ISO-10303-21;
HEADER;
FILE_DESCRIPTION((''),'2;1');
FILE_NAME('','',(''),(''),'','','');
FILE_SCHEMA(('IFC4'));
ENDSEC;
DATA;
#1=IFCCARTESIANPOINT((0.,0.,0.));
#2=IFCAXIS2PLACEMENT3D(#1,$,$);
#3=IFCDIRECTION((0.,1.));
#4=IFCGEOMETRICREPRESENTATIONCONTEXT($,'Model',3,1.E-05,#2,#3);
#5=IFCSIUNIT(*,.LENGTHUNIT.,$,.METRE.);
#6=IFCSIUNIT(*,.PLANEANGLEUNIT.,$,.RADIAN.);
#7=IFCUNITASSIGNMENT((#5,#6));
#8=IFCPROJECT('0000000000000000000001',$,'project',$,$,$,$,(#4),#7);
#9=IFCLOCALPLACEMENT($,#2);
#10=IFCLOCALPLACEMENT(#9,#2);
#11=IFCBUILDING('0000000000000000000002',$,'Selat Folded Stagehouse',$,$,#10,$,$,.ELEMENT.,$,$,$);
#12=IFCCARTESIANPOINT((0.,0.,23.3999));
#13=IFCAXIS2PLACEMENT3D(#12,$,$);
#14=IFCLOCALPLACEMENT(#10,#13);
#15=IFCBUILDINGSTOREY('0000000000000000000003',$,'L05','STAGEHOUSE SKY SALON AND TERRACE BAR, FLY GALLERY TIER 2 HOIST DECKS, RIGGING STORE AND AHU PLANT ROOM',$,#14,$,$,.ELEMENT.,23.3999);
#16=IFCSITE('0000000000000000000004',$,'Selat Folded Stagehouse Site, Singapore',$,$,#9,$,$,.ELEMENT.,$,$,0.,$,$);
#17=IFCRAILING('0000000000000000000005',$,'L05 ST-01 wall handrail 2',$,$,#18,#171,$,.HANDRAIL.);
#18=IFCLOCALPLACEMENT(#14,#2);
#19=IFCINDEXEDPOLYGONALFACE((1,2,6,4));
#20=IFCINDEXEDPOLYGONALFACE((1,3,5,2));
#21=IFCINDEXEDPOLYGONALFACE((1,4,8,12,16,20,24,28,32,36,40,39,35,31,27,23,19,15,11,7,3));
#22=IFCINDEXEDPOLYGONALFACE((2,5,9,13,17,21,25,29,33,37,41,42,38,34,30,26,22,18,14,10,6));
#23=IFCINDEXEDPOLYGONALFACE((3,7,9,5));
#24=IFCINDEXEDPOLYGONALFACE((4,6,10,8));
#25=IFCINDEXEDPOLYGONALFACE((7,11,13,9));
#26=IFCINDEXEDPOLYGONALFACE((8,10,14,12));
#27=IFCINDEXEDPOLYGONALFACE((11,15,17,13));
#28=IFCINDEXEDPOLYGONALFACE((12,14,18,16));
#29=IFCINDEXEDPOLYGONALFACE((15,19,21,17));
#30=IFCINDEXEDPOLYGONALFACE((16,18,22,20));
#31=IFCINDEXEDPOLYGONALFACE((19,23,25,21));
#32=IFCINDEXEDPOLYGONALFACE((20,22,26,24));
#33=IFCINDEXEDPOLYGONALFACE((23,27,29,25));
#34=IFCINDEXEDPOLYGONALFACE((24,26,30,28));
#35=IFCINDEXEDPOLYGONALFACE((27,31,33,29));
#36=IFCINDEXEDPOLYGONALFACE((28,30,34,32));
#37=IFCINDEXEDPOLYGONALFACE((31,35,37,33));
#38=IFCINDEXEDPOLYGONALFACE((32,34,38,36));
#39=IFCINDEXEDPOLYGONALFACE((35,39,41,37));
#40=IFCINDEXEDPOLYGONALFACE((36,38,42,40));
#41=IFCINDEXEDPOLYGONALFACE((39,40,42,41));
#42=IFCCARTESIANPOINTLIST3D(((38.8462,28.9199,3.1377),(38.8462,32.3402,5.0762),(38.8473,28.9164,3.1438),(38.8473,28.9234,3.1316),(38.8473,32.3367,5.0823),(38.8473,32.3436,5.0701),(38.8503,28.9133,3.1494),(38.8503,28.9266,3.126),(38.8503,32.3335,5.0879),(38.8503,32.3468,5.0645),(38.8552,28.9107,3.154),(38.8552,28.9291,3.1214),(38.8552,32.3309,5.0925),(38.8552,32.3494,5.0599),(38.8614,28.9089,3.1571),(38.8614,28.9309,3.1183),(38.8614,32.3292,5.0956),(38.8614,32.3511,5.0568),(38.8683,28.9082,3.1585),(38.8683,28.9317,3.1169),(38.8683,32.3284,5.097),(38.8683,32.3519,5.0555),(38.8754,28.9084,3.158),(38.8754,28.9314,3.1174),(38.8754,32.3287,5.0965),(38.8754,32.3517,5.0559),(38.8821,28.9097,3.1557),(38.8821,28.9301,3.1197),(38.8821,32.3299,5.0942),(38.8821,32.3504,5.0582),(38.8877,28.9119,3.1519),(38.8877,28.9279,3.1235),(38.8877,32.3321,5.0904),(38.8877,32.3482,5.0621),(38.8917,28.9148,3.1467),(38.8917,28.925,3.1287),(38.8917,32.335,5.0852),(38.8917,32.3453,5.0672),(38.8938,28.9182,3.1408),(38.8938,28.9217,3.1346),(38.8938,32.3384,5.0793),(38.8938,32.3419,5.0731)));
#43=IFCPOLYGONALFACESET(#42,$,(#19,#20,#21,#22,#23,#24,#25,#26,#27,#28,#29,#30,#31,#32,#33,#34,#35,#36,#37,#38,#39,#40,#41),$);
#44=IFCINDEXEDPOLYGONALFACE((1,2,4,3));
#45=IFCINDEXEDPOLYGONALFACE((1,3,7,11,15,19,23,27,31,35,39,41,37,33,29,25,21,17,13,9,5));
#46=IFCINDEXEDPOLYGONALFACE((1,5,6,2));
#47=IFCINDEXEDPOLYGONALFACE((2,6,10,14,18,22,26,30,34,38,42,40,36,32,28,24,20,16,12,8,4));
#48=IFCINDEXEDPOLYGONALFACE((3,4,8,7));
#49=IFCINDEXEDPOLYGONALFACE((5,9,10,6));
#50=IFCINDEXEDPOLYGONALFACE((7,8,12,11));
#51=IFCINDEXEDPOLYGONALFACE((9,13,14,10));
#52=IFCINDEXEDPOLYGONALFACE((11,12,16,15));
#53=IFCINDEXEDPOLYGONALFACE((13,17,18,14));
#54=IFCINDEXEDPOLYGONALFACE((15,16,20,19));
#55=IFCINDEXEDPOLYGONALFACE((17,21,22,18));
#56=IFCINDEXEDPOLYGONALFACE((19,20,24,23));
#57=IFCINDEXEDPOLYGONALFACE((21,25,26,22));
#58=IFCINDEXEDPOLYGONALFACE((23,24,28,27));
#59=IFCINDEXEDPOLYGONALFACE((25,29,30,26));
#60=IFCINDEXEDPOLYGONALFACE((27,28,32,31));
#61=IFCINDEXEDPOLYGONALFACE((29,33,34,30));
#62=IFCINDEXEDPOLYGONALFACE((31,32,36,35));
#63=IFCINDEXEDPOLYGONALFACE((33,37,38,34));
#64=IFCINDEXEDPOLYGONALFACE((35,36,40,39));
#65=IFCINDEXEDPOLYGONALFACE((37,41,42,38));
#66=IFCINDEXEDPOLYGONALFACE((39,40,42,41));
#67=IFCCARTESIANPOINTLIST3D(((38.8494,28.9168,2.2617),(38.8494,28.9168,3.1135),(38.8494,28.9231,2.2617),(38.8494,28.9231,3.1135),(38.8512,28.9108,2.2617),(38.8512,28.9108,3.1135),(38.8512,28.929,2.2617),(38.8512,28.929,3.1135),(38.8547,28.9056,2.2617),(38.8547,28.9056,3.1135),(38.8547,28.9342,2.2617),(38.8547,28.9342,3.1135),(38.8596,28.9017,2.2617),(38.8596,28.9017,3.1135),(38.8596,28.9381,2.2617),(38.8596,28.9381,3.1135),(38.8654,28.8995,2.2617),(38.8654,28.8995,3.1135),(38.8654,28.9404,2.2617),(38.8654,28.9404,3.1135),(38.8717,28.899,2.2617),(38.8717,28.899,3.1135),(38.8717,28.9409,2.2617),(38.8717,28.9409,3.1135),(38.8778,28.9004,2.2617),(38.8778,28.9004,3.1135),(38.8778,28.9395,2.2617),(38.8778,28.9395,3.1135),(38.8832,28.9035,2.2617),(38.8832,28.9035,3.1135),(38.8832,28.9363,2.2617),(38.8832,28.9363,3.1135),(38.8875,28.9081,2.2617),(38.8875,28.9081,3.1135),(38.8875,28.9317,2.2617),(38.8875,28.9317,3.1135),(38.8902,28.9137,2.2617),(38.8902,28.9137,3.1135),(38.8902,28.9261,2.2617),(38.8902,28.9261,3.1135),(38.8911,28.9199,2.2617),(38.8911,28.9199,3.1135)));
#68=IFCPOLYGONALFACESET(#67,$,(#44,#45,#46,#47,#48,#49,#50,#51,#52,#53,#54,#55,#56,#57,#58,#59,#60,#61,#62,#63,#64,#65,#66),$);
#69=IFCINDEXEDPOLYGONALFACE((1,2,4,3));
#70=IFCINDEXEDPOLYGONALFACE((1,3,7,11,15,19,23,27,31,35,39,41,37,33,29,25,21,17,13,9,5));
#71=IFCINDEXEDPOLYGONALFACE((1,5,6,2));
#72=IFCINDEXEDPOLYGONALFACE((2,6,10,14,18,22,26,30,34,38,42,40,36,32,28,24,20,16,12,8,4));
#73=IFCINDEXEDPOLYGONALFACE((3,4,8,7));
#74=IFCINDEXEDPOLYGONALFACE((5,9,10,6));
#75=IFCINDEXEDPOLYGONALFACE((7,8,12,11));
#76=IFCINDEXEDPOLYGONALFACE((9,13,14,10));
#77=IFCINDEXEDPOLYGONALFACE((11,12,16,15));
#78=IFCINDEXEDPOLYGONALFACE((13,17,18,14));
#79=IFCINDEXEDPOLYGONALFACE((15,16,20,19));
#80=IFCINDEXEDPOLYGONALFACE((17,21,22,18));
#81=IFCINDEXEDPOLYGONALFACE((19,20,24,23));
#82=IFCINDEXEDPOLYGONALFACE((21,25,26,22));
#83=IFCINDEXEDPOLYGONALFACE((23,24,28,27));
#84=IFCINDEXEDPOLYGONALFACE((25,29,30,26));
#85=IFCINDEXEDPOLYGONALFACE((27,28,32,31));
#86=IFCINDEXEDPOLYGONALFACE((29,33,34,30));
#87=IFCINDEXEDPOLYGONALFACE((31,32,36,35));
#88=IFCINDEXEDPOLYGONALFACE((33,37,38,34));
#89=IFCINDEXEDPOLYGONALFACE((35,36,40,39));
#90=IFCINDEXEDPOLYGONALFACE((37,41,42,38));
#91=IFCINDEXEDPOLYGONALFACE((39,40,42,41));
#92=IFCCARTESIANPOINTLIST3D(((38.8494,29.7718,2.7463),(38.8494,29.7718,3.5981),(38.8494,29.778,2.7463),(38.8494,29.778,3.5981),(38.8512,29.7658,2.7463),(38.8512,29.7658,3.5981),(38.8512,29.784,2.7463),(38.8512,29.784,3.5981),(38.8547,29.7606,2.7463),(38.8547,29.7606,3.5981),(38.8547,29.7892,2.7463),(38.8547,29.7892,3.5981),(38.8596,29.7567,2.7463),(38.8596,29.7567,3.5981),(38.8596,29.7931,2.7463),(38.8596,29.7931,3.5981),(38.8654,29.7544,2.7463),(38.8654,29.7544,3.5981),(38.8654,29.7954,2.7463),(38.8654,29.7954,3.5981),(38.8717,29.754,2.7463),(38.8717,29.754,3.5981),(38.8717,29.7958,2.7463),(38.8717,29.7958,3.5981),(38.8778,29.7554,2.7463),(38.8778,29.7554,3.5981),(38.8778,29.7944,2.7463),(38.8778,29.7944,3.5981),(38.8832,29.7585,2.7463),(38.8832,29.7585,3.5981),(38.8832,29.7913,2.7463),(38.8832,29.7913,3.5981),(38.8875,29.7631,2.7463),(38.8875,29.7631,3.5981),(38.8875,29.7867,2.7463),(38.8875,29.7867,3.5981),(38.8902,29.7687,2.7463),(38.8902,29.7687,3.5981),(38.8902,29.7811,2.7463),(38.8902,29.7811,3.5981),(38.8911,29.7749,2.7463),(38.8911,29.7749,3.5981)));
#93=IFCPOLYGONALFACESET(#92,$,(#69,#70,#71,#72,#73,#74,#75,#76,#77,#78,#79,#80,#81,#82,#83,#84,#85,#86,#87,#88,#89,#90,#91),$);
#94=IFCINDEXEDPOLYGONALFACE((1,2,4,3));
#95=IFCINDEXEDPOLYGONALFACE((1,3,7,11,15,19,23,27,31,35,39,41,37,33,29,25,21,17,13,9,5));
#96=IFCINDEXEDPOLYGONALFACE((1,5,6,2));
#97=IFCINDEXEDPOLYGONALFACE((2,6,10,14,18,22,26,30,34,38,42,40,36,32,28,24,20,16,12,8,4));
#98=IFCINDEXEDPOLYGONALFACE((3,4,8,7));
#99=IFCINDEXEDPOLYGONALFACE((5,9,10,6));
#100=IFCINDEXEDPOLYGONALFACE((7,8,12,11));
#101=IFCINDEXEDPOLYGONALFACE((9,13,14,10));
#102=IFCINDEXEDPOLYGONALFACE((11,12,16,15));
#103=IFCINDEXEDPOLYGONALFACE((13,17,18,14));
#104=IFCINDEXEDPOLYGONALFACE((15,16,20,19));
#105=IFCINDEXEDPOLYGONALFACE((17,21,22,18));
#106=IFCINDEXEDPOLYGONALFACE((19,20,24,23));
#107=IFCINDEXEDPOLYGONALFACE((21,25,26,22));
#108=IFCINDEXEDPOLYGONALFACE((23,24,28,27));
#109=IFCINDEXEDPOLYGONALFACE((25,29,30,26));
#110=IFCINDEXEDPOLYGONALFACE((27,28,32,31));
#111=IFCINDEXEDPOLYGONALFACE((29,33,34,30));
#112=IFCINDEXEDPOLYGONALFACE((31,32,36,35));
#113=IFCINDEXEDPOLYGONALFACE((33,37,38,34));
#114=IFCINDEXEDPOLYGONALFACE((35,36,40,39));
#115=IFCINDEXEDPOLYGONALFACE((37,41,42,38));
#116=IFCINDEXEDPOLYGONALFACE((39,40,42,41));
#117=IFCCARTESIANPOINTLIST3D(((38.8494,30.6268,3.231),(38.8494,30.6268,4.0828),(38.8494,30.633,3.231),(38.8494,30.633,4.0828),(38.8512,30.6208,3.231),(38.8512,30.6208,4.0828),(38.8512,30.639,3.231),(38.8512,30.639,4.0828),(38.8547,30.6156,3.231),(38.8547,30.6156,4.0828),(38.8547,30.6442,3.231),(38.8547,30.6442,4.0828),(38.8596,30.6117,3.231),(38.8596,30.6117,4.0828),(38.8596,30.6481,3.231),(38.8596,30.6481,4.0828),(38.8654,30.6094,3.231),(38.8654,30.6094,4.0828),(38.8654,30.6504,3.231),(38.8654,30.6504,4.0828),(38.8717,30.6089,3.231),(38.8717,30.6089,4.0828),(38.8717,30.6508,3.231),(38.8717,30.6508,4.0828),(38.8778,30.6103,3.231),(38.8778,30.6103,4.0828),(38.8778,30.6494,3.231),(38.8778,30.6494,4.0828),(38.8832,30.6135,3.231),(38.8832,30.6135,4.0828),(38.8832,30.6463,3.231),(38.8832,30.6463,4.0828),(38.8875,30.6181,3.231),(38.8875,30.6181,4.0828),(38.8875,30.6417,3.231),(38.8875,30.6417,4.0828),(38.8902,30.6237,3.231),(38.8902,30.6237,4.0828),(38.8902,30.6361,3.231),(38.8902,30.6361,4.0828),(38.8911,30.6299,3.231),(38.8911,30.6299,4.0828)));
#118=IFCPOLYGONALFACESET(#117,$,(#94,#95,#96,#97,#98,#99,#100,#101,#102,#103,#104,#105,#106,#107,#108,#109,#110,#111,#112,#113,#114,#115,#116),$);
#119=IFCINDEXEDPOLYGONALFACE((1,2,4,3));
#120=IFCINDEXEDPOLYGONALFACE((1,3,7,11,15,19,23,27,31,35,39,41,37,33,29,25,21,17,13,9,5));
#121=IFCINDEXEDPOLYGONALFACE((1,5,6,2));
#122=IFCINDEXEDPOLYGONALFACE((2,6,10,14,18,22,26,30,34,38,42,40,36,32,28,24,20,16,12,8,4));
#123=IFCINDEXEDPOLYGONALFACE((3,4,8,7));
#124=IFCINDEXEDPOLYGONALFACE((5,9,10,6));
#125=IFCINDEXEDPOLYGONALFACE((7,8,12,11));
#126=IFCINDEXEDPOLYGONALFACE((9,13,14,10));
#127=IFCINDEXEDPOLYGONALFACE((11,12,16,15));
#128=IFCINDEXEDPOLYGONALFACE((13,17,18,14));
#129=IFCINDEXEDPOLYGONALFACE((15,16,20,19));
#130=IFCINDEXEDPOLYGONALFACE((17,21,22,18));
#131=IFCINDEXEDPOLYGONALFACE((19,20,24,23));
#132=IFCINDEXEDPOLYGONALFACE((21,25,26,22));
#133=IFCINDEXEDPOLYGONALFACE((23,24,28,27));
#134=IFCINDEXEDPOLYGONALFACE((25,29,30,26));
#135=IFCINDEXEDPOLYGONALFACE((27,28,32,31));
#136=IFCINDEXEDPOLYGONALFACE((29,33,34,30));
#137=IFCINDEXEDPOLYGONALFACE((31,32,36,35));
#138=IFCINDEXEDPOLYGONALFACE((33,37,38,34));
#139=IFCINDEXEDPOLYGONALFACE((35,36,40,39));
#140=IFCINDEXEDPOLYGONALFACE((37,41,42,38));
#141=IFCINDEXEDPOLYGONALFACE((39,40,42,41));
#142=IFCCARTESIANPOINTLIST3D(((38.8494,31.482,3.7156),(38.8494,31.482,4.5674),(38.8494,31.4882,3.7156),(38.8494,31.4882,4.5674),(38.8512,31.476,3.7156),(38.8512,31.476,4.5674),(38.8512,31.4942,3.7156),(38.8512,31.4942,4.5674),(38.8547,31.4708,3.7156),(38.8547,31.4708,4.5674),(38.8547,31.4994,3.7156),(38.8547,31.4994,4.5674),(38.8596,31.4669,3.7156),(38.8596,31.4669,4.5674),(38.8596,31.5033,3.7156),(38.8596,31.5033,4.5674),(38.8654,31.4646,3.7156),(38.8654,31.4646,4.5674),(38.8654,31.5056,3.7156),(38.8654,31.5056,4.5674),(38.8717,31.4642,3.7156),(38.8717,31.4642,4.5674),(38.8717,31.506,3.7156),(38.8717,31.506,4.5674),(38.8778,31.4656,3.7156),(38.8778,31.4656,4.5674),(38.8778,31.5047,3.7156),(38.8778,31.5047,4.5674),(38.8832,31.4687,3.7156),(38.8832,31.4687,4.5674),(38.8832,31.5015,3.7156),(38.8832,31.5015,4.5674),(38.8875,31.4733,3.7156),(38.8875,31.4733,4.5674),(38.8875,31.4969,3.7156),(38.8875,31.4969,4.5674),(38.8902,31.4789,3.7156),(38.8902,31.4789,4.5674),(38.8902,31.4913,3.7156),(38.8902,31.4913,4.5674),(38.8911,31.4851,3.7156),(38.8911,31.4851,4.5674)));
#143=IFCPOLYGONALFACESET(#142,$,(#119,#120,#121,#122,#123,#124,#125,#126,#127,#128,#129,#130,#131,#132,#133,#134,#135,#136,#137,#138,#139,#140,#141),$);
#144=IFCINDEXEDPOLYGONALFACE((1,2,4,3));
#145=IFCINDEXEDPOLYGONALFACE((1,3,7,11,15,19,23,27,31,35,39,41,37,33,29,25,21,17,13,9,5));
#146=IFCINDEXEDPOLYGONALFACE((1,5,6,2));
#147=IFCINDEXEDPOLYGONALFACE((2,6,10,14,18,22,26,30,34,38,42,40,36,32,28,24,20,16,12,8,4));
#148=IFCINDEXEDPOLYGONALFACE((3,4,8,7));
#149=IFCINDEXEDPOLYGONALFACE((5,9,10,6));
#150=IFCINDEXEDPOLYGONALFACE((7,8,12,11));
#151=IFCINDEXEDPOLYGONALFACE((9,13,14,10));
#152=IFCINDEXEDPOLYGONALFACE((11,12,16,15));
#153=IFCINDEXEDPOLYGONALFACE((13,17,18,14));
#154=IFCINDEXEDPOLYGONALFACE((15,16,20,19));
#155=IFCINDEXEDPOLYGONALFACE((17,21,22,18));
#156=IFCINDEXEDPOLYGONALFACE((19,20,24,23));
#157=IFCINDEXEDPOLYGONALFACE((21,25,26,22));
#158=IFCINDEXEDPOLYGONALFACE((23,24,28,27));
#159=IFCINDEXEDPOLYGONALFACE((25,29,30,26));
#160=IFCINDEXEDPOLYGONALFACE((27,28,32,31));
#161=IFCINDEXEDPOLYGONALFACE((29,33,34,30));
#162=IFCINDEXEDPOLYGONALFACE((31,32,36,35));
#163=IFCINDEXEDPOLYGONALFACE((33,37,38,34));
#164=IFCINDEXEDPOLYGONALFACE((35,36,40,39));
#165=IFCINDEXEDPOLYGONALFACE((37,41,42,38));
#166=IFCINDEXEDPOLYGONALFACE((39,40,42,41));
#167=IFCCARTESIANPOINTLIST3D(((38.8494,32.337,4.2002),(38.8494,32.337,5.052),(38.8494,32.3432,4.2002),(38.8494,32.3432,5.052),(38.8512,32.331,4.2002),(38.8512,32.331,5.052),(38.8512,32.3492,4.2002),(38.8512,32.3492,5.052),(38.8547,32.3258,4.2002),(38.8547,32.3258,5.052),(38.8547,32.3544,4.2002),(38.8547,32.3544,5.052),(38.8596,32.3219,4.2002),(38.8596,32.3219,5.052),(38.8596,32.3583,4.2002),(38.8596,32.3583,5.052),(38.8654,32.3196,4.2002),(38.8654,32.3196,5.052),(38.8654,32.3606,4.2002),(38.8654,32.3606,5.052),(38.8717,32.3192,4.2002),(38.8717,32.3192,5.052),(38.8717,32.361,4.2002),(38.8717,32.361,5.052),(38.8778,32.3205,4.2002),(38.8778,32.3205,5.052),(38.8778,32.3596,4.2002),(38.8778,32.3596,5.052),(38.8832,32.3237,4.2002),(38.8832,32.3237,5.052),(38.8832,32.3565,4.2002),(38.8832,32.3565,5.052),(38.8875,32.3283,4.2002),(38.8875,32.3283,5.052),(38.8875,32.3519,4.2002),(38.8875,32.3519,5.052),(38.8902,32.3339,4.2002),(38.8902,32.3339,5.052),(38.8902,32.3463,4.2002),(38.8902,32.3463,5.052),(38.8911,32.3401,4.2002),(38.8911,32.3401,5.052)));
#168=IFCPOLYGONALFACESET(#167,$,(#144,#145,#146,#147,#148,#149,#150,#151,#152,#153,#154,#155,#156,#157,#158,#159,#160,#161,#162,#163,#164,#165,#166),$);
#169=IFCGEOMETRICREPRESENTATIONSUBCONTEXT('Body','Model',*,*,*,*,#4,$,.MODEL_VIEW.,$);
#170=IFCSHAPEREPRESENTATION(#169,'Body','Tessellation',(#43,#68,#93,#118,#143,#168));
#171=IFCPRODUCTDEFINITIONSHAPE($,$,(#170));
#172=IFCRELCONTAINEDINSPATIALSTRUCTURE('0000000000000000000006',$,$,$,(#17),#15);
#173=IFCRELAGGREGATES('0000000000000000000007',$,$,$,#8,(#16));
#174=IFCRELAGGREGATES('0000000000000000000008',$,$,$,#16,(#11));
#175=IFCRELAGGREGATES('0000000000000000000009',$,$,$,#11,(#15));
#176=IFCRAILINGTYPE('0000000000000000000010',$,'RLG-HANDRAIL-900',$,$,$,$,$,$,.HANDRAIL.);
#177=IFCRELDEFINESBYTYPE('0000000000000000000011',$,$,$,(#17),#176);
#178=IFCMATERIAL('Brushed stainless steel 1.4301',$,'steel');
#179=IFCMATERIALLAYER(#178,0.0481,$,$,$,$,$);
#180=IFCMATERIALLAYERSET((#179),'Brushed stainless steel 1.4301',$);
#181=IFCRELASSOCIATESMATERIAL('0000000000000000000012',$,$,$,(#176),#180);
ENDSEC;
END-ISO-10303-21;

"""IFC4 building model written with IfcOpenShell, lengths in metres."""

from ifc_helpers import new_model, si_unit, direction, frame, origin, origin_2d, place, context, subcontext, project, spatial, circle, extrude, material, layer, layer_set, type_object, element, save


model = new_model("IFC4")

# Units and contexts
model_context = context("Model", 3, precision=1e-05, world=origin(), true_north=direction((0.0, 1.0)))
body_context = subcontext(model_context, "Body", "Model", "MODEL_VIEW")
ifc_project = project(units=[si_unit("LENGTHUNIT", "METRE"), si_unit("PLANEANGLEUNIT", "RADIAN")], contexts=[model_context])

# Site, building, storey
site_placement = place(None, origin())
site = spatial("IfcSite", under=ifc_project, at=site_placement, Name="Selat Folded Stagehouse Site, Singapore", CompositionType="ELEMENT", RefElevation=0.0)
building_placement = place(site_placement, origin())
building = spatial("IfcBuilding", under=site, at=building_placement, Name="Selat Folded Stagehouse", CompositionType="ELEMENT")
storey_placement = place(building_placement, frame((0.0, 0.0, 23.3999)))
storey = spatial("IfcBuildingStorey", under=building, at=storey_placement, Name="L05", Description="STAGEHOUSE SKY SALON AND TERRACE BAR, FLY GALLERY TIER 2 HOIST DECKS, RIGGING STORE AND AHU PLANT ROOM", CompositionType="ELEMENT", Elevation=23.3999)

# Railing
ifc_material_1 = material(Name="Brushed stainless steel 1.4301", Category="steel")
ifc_layer_1 = layer(ifc_material_1, 0.0481)
ifc_layer_set_1 = layer_set([ifc_layer_1], Name="Brushed stainless steel 1.4301")
railing_type_1 = type_object("IfcRailingType", Name="RLG-HANDRAIL-900", PredefinedType="HANDRAIL", material=ifc_layer_set_1)
railing_1_placement = place(storey_placement, frame((38.8701, 28.9199, 2.2617)))
element("IfcRailing", 1, at=railing_1_placement, inside=storey, type_object=railing_type_1, Name="L05 ST-01 wall handrail 2", PredefinedType="HANDRAIL", context=body_context, shape_type="SweptSolid", body=[
    extrude(circle(Radius=0.0239, at=origin_2d()), frame((0.0, 0.0, 0.876), z_axis=(0.0, 0.86998, 0.493086), x_axis=(-1.0, 0.0, 0.0)), (0.0, 0.0, 1.0), 3.9314),
    extrude(circle(Radius=0.021, at=origin_2d()), origin(), (0.0, 0.0, 1.0), 0.8518),
    extrude(circle(Radius=0.021, at=origin_2d()), frame((0.0, 0.855, 0.4846)), (0.0, 0.0, 1.0), 0.8518),
    extrude(circle(Radius=0.021, at=origin_2d()), frame((0.0, 1.71, 0.9692)), (0.0, 0.0, 1.0), 0.8518),
    extrude(circle(Radius=0.021, at=origin_2d()), frame((0.0, 2.5652, 1.4539)), (0.0, 0.0, 1.0), 0.8518),
    extrude(circle(Radius=0.021, at=origin_2d()), frame((0.0, 3.4202, 1.9385)), (0.0, 0.0, 1.0), 0.8518),
])

save(model, "model.ifc")
